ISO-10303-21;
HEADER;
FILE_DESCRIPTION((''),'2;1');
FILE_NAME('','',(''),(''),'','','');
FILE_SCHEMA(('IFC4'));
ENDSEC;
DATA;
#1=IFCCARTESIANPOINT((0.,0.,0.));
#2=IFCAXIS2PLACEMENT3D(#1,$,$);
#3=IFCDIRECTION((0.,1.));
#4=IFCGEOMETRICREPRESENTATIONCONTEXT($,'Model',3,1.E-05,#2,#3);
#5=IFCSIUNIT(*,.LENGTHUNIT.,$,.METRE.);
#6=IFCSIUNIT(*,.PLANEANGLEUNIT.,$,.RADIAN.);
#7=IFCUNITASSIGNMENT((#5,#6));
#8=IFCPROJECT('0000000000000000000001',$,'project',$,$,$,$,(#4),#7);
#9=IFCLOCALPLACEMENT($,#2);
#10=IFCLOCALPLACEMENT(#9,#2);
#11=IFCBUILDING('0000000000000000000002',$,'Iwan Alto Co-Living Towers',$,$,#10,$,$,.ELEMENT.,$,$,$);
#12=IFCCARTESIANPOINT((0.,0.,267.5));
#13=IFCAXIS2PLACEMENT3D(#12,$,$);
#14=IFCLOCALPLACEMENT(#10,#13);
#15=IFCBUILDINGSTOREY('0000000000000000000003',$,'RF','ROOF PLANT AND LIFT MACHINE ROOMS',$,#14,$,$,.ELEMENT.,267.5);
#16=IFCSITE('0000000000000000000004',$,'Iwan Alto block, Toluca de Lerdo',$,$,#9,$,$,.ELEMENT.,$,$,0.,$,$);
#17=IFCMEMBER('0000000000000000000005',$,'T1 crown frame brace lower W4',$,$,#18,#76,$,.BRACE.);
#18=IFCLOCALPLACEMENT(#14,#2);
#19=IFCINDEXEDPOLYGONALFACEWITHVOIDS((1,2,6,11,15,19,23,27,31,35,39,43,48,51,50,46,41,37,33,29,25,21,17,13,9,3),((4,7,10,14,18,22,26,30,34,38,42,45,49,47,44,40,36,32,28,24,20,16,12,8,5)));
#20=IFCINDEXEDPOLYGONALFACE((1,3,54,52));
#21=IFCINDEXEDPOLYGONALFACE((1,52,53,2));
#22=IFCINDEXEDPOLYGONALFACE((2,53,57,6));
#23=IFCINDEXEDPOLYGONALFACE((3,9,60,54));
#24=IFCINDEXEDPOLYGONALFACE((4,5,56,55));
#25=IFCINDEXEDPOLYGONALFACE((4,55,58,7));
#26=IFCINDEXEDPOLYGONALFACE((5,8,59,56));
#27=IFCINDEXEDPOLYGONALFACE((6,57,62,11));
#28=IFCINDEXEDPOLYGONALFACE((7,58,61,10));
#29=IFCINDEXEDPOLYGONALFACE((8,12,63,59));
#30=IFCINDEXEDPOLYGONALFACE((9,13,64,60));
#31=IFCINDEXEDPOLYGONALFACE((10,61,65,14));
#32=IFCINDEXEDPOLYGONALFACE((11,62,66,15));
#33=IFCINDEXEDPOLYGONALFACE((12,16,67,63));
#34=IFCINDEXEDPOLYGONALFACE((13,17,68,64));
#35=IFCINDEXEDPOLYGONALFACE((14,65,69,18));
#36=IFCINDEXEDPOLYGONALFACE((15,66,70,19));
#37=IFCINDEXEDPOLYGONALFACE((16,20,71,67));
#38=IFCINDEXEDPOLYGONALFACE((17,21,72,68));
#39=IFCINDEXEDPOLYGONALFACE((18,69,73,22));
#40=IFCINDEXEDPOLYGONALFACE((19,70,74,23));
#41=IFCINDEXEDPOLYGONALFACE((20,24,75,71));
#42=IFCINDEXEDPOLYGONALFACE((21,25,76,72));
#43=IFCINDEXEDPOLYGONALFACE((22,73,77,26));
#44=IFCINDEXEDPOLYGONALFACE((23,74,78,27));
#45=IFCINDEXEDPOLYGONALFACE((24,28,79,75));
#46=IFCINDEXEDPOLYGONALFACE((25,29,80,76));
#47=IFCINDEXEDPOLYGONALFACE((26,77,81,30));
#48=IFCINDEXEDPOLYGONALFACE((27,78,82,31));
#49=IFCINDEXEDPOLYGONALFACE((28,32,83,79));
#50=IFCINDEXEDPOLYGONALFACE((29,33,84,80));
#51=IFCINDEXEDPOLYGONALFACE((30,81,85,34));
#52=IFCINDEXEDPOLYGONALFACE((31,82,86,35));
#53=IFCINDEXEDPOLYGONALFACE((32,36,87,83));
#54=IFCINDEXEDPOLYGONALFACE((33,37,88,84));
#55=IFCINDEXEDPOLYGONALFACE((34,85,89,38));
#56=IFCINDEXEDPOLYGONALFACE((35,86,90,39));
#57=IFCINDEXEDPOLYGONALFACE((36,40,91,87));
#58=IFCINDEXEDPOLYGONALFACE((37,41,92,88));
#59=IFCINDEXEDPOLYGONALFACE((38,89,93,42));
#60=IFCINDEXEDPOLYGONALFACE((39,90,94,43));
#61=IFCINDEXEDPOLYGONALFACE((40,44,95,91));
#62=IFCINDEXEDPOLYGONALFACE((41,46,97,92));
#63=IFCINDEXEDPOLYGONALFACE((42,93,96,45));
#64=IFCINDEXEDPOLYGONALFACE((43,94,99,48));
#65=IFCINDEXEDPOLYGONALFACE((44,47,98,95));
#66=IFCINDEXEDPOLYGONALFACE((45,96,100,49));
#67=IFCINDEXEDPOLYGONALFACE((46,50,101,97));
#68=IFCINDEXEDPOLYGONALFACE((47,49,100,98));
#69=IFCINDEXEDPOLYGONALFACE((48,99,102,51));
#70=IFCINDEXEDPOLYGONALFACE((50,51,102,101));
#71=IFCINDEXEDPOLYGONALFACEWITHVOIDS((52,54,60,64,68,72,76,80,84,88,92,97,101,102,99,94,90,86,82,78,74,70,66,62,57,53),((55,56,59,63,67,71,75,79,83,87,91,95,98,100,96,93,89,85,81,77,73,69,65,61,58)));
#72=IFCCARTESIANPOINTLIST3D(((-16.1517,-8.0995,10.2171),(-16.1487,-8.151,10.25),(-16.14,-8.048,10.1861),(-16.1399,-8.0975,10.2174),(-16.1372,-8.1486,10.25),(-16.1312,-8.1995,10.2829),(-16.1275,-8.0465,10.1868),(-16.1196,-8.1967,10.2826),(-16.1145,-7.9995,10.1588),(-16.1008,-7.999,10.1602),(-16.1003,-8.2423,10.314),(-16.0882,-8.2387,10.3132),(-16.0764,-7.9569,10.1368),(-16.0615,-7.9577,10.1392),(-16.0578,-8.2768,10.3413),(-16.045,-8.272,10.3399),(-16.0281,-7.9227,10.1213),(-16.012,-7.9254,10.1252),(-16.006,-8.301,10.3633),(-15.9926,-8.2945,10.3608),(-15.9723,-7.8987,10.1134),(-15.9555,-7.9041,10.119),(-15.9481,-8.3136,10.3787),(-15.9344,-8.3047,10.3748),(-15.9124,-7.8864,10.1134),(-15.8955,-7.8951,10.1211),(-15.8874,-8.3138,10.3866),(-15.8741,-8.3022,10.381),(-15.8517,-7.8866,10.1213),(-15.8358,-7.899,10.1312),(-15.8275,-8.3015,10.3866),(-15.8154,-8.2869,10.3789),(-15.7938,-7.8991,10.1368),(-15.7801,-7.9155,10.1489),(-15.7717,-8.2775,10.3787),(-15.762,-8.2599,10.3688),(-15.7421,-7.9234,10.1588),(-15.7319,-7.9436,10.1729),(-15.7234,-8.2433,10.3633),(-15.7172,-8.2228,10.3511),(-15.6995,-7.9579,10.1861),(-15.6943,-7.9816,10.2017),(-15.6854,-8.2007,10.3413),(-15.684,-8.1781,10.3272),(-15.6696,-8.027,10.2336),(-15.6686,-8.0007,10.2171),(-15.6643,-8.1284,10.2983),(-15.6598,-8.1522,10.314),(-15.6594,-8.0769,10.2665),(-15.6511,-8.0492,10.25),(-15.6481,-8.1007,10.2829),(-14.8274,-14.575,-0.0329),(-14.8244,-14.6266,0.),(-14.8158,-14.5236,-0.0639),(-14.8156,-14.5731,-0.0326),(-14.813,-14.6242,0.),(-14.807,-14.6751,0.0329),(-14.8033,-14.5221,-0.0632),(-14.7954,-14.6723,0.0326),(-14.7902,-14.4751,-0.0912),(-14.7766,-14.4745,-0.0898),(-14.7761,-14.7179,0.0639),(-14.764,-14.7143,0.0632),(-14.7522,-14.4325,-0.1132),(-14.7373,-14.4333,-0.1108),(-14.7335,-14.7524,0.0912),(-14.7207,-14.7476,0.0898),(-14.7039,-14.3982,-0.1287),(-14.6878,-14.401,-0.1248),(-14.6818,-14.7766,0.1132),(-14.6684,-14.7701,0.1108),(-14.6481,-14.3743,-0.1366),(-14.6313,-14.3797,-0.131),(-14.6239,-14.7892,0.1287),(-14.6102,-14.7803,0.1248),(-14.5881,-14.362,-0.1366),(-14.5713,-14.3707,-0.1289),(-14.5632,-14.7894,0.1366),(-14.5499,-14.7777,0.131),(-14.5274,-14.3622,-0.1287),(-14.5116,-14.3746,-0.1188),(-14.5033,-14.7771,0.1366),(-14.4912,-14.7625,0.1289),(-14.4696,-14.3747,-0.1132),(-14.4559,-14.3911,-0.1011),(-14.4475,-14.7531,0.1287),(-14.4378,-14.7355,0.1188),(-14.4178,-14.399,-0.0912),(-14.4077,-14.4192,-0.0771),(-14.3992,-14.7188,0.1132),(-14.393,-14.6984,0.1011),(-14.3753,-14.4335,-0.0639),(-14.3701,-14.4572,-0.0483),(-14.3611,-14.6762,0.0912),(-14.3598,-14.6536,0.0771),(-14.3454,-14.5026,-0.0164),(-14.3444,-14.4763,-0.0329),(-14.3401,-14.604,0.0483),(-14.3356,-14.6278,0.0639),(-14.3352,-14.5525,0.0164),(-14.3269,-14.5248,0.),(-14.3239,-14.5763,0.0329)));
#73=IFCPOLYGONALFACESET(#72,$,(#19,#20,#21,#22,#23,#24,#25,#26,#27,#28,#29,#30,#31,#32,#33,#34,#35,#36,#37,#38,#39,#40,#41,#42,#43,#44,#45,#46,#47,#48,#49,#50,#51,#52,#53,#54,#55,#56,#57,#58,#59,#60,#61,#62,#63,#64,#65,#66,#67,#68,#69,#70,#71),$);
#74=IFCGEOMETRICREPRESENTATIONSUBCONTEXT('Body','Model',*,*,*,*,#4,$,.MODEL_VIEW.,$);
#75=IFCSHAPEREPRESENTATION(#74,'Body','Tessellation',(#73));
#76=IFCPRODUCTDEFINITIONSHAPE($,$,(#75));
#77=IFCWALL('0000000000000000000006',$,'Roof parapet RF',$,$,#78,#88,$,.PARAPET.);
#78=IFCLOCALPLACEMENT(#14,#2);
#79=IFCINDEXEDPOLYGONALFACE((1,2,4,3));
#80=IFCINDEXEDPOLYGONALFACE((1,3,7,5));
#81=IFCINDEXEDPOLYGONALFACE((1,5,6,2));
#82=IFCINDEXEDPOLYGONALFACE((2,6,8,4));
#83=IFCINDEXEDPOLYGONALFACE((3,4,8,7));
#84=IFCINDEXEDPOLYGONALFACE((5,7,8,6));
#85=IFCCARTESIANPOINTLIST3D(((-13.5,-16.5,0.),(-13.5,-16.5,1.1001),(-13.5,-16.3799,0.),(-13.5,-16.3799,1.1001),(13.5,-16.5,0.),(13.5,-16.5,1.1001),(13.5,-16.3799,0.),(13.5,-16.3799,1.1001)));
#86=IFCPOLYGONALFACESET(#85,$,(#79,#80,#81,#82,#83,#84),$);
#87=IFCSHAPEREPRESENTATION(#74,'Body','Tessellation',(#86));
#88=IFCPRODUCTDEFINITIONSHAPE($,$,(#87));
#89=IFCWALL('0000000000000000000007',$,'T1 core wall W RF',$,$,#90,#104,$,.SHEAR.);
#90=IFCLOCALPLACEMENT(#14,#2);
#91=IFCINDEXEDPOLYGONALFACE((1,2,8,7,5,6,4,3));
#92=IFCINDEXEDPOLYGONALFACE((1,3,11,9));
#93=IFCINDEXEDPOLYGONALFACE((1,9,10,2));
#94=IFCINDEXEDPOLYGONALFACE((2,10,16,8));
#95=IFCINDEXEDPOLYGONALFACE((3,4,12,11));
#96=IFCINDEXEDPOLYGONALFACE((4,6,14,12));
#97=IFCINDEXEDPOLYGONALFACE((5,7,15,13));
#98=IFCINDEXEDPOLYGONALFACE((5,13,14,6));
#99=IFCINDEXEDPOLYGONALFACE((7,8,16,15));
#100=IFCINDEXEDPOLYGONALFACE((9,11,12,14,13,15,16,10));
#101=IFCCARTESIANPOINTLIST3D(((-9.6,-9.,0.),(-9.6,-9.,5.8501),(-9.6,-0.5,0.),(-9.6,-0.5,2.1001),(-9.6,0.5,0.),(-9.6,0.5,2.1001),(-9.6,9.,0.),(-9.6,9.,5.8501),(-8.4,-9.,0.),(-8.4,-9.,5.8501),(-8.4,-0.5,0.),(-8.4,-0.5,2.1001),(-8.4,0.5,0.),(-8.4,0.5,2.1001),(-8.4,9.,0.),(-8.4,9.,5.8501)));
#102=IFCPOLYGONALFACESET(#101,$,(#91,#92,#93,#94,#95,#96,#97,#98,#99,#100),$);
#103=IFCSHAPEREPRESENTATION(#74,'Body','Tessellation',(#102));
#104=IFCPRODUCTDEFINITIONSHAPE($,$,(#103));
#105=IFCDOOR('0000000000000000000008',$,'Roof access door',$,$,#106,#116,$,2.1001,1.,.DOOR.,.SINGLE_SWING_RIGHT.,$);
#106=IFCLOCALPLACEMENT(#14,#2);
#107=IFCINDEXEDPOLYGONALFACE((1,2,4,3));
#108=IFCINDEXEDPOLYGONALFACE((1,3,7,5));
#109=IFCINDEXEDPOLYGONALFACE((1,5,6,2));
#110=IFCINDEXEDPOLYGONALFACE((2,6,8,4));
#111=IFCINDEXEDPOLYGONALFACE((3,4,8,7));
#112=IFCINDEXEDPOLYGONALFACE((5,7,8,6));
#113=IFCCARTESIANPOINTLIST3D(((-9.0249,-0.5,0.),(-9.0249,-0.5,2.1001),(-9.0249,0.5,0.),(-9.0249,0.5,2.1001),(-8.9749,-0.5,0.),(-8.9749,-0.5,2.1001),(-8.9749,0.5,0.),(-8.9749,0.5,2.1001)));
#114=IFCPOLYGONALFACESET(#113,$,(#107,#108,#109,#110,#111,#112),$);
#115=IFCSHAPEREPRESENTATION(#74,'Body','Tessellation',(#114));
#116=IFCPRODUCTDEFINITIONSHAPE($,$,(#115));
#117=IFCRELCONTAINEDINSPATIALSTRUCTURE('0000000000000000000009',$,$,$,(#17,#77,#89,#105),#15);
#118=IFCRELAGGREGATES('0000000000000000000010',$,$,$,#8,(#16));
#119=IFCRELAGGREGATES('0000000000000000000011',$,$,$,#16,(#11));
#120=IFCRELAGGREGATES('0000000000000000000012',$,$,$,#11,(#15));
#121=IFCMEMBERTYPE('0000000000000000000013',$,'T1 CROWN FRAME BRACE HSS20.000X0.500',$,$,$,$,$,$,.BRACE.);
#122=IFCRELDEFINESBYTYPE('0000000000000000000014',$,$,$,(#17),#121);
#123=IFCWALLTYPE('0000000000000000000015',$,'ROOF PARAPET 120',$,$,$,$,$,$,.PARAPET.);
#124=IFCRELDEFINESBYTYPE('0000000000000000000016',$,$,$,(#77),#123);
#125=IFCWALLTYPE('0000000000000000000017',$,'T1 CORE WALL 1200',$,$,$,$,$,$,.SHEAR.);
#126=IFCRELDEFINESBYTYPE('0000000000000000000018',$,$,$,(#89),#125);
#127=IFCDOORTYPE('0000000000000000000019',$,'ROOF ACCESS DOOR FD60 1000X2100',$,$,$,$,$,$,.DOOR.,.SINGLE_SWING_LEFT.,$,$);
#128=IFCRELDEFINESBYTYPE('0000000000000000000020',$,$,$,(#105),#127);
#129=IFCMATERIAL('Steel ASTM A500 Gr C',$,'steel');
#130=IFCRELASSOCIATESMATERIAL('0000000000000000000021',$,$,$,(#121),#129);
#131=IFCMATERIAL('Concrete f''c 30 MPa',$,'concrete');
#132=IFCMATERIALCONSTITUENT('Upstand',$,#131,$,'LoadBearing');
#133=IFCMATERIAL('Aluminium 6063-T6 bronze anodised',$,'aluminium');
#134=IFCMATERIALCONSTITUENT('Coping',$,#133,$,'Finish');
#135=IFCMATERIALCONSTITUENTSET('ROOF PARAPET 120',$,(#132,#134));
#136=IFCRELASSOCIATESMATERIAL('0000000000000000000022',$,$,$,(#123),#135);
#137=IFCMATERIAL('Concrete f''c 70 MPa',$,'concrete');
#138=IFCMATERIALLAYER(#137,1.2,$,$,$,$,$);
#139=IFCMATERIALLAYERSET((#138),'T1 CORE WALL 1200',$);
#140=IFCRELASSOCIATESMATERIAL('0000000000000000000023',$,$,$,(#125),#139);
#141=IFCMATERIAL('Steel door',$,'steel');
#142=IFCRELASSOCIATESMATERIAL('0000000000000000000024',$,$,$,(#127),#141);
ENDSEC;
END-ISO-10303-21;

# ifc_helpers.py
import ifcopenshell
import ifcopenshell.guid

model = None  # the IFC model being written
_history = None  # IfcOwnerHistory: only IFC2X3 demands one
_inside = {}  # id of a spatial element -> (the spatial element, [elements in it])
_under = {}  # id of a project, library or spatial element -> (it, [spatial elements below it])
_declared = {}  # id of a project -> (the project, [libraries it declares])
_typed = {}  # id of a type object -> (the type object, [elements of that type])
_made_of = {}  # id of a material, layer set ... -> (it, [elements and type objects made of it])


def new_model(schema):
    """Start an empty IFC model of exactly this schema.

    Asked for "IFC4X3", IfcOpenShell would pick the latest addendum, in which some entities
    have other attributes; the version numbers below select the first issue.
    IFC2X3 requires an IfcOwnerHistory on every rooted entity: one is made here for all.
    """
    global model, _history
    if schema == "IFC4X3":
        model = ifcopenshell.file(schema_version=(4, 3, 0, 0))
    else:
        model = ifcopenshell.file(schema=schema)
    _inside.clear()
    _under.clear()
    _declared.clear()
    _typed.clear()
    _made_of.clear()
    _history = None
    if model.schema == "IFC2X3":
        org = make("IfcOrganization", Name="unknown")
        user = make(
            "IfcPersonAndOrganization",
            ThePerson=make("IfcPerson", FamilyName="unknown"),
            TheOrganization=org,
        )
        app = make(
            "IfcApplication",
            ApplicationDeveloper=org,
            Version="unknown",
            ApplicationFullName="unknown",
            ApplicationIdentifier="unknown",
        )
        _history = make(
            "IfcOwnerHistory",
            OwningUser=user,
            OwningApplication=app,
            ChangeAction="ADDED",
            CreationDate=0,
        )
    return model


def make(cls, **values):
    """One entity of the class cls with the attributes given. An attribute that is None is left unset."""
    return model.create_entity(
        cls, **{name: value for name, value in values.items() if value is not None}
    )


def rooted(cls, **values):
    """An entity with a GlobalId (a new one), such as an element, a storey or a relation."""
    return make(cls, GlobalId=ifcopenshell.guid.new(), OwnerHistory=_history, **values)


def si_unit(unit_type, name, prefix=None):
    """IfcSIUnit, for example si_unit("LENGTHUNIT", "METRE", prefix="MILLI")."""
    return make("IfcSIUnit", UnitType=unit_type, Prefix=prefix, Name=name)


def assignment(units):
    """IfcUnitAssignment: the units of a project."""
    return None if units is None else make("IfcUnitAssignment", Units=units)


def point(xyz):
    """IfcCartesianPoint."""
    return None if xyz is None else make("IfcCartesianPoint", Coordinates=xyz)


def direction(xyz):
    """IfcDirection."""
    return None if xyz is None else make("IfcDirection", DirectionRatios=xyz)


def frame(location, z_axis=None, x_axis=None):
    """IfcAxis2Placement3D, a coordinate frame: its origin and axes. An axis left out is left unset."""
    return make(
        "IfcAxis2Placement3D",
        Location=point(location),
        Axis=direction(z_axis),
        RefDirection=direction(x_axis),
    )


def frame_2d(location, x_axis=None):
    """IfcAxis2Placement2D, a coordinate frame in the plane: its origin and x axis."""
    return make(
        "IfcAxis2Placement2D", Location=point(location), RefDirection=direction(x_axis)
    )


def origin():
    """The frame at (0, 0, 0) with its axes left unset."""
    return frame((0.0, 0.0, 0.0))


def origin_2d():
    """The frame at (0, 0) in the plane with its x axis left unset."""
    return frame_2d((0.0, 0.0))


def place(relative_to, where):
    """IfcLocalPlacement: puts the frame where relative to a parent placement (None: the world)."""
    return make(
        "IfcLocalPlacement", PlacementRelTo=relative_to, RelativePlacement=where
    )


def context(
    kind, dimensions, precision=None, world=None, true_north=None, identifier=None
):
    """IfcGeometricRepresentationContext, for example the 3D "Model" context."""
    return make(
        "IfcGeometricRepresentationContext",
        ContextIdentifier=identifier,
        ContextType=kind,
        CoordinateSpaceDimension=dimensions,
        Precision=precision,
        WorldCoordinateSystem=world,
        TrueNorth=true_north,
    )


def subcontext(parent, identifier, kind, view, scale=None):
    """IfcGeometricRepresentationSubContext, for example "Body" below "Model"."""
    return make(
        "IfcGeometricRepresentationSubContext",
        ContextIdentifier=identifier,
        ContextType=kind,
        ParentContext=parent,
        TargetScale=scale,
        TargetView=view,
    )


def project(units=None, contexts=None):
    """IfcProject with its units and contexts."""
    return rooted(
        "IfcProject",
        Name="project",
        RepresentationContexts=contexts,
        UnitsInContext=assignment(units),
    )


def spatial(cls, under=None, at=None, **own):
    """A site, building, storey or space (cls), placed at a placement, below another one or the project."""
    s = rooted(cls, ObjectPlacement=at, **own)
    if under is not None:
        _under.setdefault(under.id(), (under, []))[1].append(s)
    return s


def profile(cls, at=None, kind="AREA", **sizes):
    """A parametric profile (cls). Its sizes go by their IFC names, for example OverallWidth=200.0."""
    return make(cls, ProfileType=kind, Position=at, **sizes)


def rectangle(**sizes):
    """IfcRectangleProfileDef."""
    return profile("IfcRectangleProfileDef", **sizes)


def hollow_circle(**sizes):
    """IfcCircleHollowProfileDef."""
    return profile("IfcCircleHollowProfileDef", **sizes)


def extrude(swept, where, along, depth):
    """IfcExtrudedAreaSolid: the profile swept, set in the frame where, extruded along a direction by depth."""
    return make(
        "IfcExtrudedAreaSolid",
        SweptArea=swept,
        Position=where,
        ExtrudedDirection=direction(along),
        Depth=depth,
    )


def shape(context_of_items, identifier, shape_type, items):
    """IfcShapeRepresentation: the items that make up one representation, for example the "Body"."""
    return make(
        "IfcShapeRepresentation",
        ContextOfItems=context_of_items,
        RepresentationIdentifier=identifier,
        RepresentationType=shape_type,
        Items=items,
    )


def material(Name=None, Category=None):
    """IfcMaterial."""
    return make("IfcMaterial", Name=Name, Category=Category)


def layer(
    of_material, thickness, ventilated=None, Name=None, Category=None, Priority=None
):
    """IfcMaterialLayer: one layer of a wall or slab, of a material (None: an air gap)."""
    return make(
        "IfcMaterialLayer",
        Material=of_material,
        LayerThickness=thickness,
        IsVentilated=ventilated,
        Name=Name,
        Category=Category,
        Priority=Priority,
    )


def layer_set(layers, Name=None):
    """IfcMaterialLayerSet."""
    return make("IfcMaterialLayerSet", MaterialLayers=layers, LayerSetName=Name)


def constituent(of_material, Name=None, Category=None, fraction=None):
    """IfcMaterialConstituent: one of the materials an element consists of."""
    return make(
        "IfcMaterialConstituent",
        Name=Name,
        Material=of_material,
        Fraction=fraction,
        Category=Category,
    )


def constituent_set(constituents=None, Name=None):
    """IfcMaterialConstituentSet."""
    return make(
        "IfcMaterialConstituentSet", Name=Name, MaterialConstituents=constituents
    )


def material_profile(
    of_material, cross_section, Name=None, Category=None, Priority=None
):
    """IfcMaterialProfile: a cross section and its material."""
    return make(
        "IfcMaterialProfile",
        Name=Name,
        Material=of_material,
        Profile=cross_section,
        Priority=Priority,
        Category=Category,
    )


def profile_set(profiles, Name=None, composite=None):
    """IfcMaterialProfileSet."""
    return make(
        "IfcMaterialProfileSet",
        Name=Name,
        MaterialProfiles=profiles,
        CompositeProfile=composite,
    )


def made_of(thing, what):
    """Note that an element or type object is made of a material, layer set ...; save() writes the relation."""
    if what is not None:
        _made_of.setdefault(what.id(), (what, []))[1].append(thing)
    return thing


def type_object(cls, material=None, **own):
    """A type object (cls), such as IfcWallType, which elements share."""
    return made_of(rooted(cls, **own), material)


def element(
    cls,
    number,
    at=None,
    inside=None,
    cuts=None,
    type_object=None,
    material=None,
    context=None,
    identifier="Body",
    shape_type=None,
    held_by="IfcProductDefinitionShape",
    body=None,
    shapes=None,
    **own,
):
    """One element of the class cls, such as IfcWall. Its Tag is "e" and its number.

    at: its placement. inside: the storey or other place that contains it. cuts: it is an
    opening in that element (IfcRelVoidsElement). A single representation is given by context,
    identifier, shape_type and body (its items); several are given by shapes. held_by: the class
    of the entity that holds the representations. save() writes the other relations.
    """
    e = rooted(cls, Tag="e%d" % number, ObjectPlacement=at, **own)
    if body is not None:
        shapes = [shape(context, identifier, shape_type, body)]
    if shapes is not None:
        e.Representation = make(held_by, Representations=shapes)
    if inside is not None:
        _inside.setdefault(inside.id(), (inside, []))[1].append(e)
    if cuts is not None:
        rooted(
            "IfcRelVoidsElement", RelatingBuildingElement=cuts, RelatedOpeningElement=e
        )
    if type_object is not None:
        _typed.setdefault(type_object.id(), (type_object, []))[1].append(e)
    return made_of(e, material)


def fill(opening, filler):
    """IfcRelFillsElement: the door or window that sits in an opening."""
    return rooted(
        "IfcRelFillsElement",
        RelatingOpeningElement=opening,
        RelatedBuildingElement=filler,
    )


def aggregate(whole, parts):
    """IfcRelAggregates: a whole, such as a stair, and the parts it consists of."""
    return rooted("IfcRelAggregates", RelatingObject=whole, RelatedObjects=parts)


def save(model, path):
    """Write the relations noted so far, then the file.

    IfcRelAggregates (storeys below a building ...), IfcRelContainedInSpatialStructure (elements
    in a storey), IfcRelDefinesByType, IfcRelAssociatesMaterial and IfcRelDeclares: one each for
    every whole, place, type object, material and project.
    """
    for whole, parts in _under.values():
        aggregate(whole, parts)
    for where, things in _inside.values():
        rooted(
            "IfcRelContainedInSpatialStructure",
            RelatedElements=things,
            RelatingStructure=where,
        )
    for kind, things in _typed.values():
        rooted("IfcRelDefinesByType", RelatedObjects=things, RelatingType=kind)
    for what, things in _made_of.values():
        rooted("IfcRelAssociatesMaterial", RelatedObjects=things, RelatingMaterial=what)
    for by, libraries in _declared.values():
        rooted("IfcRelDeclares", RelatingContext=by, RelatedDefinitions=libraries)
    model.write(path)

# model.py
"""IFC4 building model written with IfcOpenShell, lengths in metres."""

from ifc_helpers import new_model, si_unit, direction, frame, frame_2d, origin, origin_2d, place, context, subcontext, project, spatial, rectangle, hollow_circle, extrude, material, layer, layer_set, constituent, constituent_set, material_profile, profile_set, type_object, element, fill, save


model = new_model("IFC4")

# Units and contexts
model_context = context("Model", 3, precision=1e-05, world=origin(), true_north=direction((0.0, 1.0)))
body_context = subcontext(model_context, "Body", "Model", "MODEL_VIEW")
ifc_project = project(units=[si_unit("LENGTHUNIT", "METRE"), si_unit("PLANEANGLEUNIT", "RADIAN")], contexts=[model_context])

# Site, building, storey
site_placement = place(None, origin())
site = spatial("IfcSite", under=ifc_project, at=site_placement, Name="Iwan Alto block, Toluca de Lerdo", CompositionType="ELEMENT", RefElevation=0.0)
building_placement = place(site_placement, origin())
building = spatial("IfcBuilding", under=site, at=building_placement, Name="Iwan Alto Co-Living Towers", CompositionType="ELEMENT")
storey_placement = place(building_placement, frame((0.0, 0.0, 267.5)))
storey = spatial("IfcBuildingStorey", under=building, at=storey_placement, Name="RF", Description="ROOF PLANT AND LIFT MACHINE ROOMS", CompositionType="ELEMENT", Elevation=267.5)

# Member
ifc_material_1 = material(Name="Steel ASTM A500 Gr C", Category="steel")
ifc_material_profile_1 = material_profile(ifc_material_1, hollow_circle(Radius=0.2539, WallThickness=0.0117, at=origin_2d()), Name="HSS20.000X0.500")
ifc_profile_set_1 = profile_set([ifc_material_profile_1], Name="Steel ASTM A500 Gr C")
member_type = type_object("IfcMemberType", Name="T1 CROWN FRAME BRACE HSS20.000X0.500", PredefinedType="BRACE", material=ifc_profile_set_1)
member_1_placement = place(storey_placement, frame((-14.5757, -14.5757, 0.0), z_axis=(-0.108576, 0.530948, 0.84042), x_axis=(-0.979725, -0.200348, 0.0)))
element("IfcMember", 1, at=member_1_placement, inside=storey, type_object=member_type, Name="T1 crown frame brace lower W4", PredefinedType="BRACE", context=body_context, shape_type="SweptSolid", body=[
    extrude(hollow_circle(Radius=0.2539, WallThickness=0.0117, at=origin_2d()), origin(), (0.0, 0.0, 1.0), 12.1963),
])

# Wall
ifc_material_2 = material(Name="Concrete f'c 30 MPa", Category="concrete")
ifc_constituent_1 = constituent(ifc_material_2, Name="Upstand", Category="LoadBearing")
ifc_material_3 = material(Name="Aluminium 6063-T6 bronze anodised", Category="aluminium")
ifc_constituent_2 = constituent(ifc_material_3, Name="Coping", Category="Finish")
ifc_constituent_set = constituent_set(constituents=[ifc_constituent_1, ifc_constituent_2], Name="ROOF PARAPET 120")
wall_type_1 = type_object("IfcWallType", Name="ROOF PARAPET 120", PredefinedType="PARAPET", material=ifc_constituent_set)
wall_1_placement = place(storey_placement, frame((-13.5, -16.4399, 0.0), z_axis=(0.0, 0.0, 1.0), x_axis=(1.0, 0.0, 0.0)))
element("IfcWall", 2, at=wall_1_placement, inside=storey, type_object=wall_type_1, Name="Roof parapet RF", PredefinedType="PARAPET", context=body_context, shape_type="SweptSolid", body=[
    extrude(rectangle(XDim=27.0, YDim=0.1201, at=frame_2d((13.5, 0.0))), origin(), (0.0, 0.0, 1.0), 1.1001),
])

# Wall, opening, door
ifc_material_4 = material(Name="Concrete f'c 70 MPa", Category="concrete")
ifc_layer = layer(ifc_material_4, 1.2)
ifc_layer_set = layer_set([ifc_layer], Name="T1 CORE WALL 1200")
wall_type_2 = type_object("IfcWallType", Name="T1 CORE WALL 1200", PredefinedType="SHEAR", material=ifc_layer_set)
wall_2_placement = place(storey_placement, frame((-9.0, 9.0, 0.0), z_axis=(0.0, 0.0, 1.0), x_axis=(0.0, -1.0, 0.0)))
wall_2 = element("IfcWall", 3, at=wall_2_placement, inside=storey, type_object=wall_type_2, Name="T1 core wall W RF", PredefinedType="SHEAR", context=body_context, shape_type="SweptSolid", body=[
    extrude(rectangle(XDim=18.0, YDim=1.2, at=frame_2d((9.0, 0.0))), origin(), (0.0, 0.0, 1.0), 5.8501),
])
opening_placement = place(wall_2_placement, frame((8.5, 0.0, 0.0)))
opening = element("IfcOpeningElement", 4, at=opening_placement, cuts=wall_2, PredefinedType="OPENING", context=body_context, shape_type="SweptSolid", body=[
    extrude(rectangle(XDim=1.0, YDim=2.1001, at=frame_2d((0.5, 1.05))), frame((0.0, 0.6099, 0.0), z_axis=(0.0, -1.0, 0.0), x_axis=(1.0, 0.0, 0.0)), (0.0, 0.0, 1.0), 1.22),
])
ifc_material_5 = material(Name="Steel door", Category="steel")
door_type = type_object("IfcDoorType", Name="ROOF ACCESS DOOR FD60 1000X2100", OperationType="SINGLE_SWING_LEFT", PredefinedType="DOOR", material=ifc_material_5)
door_placement = place(opening_placement, frame((1.0, 0.0, 0.0), z_axis=(0.0, 0.0, 1.0), x_axis=(-1.0, 0.0, 0.0)))
door = element("IfcDoor", 5, at=door_placement, inside=storey, type_object=door_type, Name="Roof access door", OperationType="SINGLE_SWING_RIGHT", OverallHeight=2.1001, OverallWidth=1.0, PredefinedType="DOOR", context=body_context, shape_type="SweptSolid", body=[
    extrude(rectangle(XDim=1.0, YDim=2.1001, at=frame_2d((0.5, 1.05))), frame((0.0, 0.0249, 0.0), z_axis=(0.0, -1.0, 0.0), x_axis=(1.0, 0.0, 0.0)), (0.0, 0.0, 1.0), 0.05),
])
fill(opening, door)

save(model, "model.ifc")
